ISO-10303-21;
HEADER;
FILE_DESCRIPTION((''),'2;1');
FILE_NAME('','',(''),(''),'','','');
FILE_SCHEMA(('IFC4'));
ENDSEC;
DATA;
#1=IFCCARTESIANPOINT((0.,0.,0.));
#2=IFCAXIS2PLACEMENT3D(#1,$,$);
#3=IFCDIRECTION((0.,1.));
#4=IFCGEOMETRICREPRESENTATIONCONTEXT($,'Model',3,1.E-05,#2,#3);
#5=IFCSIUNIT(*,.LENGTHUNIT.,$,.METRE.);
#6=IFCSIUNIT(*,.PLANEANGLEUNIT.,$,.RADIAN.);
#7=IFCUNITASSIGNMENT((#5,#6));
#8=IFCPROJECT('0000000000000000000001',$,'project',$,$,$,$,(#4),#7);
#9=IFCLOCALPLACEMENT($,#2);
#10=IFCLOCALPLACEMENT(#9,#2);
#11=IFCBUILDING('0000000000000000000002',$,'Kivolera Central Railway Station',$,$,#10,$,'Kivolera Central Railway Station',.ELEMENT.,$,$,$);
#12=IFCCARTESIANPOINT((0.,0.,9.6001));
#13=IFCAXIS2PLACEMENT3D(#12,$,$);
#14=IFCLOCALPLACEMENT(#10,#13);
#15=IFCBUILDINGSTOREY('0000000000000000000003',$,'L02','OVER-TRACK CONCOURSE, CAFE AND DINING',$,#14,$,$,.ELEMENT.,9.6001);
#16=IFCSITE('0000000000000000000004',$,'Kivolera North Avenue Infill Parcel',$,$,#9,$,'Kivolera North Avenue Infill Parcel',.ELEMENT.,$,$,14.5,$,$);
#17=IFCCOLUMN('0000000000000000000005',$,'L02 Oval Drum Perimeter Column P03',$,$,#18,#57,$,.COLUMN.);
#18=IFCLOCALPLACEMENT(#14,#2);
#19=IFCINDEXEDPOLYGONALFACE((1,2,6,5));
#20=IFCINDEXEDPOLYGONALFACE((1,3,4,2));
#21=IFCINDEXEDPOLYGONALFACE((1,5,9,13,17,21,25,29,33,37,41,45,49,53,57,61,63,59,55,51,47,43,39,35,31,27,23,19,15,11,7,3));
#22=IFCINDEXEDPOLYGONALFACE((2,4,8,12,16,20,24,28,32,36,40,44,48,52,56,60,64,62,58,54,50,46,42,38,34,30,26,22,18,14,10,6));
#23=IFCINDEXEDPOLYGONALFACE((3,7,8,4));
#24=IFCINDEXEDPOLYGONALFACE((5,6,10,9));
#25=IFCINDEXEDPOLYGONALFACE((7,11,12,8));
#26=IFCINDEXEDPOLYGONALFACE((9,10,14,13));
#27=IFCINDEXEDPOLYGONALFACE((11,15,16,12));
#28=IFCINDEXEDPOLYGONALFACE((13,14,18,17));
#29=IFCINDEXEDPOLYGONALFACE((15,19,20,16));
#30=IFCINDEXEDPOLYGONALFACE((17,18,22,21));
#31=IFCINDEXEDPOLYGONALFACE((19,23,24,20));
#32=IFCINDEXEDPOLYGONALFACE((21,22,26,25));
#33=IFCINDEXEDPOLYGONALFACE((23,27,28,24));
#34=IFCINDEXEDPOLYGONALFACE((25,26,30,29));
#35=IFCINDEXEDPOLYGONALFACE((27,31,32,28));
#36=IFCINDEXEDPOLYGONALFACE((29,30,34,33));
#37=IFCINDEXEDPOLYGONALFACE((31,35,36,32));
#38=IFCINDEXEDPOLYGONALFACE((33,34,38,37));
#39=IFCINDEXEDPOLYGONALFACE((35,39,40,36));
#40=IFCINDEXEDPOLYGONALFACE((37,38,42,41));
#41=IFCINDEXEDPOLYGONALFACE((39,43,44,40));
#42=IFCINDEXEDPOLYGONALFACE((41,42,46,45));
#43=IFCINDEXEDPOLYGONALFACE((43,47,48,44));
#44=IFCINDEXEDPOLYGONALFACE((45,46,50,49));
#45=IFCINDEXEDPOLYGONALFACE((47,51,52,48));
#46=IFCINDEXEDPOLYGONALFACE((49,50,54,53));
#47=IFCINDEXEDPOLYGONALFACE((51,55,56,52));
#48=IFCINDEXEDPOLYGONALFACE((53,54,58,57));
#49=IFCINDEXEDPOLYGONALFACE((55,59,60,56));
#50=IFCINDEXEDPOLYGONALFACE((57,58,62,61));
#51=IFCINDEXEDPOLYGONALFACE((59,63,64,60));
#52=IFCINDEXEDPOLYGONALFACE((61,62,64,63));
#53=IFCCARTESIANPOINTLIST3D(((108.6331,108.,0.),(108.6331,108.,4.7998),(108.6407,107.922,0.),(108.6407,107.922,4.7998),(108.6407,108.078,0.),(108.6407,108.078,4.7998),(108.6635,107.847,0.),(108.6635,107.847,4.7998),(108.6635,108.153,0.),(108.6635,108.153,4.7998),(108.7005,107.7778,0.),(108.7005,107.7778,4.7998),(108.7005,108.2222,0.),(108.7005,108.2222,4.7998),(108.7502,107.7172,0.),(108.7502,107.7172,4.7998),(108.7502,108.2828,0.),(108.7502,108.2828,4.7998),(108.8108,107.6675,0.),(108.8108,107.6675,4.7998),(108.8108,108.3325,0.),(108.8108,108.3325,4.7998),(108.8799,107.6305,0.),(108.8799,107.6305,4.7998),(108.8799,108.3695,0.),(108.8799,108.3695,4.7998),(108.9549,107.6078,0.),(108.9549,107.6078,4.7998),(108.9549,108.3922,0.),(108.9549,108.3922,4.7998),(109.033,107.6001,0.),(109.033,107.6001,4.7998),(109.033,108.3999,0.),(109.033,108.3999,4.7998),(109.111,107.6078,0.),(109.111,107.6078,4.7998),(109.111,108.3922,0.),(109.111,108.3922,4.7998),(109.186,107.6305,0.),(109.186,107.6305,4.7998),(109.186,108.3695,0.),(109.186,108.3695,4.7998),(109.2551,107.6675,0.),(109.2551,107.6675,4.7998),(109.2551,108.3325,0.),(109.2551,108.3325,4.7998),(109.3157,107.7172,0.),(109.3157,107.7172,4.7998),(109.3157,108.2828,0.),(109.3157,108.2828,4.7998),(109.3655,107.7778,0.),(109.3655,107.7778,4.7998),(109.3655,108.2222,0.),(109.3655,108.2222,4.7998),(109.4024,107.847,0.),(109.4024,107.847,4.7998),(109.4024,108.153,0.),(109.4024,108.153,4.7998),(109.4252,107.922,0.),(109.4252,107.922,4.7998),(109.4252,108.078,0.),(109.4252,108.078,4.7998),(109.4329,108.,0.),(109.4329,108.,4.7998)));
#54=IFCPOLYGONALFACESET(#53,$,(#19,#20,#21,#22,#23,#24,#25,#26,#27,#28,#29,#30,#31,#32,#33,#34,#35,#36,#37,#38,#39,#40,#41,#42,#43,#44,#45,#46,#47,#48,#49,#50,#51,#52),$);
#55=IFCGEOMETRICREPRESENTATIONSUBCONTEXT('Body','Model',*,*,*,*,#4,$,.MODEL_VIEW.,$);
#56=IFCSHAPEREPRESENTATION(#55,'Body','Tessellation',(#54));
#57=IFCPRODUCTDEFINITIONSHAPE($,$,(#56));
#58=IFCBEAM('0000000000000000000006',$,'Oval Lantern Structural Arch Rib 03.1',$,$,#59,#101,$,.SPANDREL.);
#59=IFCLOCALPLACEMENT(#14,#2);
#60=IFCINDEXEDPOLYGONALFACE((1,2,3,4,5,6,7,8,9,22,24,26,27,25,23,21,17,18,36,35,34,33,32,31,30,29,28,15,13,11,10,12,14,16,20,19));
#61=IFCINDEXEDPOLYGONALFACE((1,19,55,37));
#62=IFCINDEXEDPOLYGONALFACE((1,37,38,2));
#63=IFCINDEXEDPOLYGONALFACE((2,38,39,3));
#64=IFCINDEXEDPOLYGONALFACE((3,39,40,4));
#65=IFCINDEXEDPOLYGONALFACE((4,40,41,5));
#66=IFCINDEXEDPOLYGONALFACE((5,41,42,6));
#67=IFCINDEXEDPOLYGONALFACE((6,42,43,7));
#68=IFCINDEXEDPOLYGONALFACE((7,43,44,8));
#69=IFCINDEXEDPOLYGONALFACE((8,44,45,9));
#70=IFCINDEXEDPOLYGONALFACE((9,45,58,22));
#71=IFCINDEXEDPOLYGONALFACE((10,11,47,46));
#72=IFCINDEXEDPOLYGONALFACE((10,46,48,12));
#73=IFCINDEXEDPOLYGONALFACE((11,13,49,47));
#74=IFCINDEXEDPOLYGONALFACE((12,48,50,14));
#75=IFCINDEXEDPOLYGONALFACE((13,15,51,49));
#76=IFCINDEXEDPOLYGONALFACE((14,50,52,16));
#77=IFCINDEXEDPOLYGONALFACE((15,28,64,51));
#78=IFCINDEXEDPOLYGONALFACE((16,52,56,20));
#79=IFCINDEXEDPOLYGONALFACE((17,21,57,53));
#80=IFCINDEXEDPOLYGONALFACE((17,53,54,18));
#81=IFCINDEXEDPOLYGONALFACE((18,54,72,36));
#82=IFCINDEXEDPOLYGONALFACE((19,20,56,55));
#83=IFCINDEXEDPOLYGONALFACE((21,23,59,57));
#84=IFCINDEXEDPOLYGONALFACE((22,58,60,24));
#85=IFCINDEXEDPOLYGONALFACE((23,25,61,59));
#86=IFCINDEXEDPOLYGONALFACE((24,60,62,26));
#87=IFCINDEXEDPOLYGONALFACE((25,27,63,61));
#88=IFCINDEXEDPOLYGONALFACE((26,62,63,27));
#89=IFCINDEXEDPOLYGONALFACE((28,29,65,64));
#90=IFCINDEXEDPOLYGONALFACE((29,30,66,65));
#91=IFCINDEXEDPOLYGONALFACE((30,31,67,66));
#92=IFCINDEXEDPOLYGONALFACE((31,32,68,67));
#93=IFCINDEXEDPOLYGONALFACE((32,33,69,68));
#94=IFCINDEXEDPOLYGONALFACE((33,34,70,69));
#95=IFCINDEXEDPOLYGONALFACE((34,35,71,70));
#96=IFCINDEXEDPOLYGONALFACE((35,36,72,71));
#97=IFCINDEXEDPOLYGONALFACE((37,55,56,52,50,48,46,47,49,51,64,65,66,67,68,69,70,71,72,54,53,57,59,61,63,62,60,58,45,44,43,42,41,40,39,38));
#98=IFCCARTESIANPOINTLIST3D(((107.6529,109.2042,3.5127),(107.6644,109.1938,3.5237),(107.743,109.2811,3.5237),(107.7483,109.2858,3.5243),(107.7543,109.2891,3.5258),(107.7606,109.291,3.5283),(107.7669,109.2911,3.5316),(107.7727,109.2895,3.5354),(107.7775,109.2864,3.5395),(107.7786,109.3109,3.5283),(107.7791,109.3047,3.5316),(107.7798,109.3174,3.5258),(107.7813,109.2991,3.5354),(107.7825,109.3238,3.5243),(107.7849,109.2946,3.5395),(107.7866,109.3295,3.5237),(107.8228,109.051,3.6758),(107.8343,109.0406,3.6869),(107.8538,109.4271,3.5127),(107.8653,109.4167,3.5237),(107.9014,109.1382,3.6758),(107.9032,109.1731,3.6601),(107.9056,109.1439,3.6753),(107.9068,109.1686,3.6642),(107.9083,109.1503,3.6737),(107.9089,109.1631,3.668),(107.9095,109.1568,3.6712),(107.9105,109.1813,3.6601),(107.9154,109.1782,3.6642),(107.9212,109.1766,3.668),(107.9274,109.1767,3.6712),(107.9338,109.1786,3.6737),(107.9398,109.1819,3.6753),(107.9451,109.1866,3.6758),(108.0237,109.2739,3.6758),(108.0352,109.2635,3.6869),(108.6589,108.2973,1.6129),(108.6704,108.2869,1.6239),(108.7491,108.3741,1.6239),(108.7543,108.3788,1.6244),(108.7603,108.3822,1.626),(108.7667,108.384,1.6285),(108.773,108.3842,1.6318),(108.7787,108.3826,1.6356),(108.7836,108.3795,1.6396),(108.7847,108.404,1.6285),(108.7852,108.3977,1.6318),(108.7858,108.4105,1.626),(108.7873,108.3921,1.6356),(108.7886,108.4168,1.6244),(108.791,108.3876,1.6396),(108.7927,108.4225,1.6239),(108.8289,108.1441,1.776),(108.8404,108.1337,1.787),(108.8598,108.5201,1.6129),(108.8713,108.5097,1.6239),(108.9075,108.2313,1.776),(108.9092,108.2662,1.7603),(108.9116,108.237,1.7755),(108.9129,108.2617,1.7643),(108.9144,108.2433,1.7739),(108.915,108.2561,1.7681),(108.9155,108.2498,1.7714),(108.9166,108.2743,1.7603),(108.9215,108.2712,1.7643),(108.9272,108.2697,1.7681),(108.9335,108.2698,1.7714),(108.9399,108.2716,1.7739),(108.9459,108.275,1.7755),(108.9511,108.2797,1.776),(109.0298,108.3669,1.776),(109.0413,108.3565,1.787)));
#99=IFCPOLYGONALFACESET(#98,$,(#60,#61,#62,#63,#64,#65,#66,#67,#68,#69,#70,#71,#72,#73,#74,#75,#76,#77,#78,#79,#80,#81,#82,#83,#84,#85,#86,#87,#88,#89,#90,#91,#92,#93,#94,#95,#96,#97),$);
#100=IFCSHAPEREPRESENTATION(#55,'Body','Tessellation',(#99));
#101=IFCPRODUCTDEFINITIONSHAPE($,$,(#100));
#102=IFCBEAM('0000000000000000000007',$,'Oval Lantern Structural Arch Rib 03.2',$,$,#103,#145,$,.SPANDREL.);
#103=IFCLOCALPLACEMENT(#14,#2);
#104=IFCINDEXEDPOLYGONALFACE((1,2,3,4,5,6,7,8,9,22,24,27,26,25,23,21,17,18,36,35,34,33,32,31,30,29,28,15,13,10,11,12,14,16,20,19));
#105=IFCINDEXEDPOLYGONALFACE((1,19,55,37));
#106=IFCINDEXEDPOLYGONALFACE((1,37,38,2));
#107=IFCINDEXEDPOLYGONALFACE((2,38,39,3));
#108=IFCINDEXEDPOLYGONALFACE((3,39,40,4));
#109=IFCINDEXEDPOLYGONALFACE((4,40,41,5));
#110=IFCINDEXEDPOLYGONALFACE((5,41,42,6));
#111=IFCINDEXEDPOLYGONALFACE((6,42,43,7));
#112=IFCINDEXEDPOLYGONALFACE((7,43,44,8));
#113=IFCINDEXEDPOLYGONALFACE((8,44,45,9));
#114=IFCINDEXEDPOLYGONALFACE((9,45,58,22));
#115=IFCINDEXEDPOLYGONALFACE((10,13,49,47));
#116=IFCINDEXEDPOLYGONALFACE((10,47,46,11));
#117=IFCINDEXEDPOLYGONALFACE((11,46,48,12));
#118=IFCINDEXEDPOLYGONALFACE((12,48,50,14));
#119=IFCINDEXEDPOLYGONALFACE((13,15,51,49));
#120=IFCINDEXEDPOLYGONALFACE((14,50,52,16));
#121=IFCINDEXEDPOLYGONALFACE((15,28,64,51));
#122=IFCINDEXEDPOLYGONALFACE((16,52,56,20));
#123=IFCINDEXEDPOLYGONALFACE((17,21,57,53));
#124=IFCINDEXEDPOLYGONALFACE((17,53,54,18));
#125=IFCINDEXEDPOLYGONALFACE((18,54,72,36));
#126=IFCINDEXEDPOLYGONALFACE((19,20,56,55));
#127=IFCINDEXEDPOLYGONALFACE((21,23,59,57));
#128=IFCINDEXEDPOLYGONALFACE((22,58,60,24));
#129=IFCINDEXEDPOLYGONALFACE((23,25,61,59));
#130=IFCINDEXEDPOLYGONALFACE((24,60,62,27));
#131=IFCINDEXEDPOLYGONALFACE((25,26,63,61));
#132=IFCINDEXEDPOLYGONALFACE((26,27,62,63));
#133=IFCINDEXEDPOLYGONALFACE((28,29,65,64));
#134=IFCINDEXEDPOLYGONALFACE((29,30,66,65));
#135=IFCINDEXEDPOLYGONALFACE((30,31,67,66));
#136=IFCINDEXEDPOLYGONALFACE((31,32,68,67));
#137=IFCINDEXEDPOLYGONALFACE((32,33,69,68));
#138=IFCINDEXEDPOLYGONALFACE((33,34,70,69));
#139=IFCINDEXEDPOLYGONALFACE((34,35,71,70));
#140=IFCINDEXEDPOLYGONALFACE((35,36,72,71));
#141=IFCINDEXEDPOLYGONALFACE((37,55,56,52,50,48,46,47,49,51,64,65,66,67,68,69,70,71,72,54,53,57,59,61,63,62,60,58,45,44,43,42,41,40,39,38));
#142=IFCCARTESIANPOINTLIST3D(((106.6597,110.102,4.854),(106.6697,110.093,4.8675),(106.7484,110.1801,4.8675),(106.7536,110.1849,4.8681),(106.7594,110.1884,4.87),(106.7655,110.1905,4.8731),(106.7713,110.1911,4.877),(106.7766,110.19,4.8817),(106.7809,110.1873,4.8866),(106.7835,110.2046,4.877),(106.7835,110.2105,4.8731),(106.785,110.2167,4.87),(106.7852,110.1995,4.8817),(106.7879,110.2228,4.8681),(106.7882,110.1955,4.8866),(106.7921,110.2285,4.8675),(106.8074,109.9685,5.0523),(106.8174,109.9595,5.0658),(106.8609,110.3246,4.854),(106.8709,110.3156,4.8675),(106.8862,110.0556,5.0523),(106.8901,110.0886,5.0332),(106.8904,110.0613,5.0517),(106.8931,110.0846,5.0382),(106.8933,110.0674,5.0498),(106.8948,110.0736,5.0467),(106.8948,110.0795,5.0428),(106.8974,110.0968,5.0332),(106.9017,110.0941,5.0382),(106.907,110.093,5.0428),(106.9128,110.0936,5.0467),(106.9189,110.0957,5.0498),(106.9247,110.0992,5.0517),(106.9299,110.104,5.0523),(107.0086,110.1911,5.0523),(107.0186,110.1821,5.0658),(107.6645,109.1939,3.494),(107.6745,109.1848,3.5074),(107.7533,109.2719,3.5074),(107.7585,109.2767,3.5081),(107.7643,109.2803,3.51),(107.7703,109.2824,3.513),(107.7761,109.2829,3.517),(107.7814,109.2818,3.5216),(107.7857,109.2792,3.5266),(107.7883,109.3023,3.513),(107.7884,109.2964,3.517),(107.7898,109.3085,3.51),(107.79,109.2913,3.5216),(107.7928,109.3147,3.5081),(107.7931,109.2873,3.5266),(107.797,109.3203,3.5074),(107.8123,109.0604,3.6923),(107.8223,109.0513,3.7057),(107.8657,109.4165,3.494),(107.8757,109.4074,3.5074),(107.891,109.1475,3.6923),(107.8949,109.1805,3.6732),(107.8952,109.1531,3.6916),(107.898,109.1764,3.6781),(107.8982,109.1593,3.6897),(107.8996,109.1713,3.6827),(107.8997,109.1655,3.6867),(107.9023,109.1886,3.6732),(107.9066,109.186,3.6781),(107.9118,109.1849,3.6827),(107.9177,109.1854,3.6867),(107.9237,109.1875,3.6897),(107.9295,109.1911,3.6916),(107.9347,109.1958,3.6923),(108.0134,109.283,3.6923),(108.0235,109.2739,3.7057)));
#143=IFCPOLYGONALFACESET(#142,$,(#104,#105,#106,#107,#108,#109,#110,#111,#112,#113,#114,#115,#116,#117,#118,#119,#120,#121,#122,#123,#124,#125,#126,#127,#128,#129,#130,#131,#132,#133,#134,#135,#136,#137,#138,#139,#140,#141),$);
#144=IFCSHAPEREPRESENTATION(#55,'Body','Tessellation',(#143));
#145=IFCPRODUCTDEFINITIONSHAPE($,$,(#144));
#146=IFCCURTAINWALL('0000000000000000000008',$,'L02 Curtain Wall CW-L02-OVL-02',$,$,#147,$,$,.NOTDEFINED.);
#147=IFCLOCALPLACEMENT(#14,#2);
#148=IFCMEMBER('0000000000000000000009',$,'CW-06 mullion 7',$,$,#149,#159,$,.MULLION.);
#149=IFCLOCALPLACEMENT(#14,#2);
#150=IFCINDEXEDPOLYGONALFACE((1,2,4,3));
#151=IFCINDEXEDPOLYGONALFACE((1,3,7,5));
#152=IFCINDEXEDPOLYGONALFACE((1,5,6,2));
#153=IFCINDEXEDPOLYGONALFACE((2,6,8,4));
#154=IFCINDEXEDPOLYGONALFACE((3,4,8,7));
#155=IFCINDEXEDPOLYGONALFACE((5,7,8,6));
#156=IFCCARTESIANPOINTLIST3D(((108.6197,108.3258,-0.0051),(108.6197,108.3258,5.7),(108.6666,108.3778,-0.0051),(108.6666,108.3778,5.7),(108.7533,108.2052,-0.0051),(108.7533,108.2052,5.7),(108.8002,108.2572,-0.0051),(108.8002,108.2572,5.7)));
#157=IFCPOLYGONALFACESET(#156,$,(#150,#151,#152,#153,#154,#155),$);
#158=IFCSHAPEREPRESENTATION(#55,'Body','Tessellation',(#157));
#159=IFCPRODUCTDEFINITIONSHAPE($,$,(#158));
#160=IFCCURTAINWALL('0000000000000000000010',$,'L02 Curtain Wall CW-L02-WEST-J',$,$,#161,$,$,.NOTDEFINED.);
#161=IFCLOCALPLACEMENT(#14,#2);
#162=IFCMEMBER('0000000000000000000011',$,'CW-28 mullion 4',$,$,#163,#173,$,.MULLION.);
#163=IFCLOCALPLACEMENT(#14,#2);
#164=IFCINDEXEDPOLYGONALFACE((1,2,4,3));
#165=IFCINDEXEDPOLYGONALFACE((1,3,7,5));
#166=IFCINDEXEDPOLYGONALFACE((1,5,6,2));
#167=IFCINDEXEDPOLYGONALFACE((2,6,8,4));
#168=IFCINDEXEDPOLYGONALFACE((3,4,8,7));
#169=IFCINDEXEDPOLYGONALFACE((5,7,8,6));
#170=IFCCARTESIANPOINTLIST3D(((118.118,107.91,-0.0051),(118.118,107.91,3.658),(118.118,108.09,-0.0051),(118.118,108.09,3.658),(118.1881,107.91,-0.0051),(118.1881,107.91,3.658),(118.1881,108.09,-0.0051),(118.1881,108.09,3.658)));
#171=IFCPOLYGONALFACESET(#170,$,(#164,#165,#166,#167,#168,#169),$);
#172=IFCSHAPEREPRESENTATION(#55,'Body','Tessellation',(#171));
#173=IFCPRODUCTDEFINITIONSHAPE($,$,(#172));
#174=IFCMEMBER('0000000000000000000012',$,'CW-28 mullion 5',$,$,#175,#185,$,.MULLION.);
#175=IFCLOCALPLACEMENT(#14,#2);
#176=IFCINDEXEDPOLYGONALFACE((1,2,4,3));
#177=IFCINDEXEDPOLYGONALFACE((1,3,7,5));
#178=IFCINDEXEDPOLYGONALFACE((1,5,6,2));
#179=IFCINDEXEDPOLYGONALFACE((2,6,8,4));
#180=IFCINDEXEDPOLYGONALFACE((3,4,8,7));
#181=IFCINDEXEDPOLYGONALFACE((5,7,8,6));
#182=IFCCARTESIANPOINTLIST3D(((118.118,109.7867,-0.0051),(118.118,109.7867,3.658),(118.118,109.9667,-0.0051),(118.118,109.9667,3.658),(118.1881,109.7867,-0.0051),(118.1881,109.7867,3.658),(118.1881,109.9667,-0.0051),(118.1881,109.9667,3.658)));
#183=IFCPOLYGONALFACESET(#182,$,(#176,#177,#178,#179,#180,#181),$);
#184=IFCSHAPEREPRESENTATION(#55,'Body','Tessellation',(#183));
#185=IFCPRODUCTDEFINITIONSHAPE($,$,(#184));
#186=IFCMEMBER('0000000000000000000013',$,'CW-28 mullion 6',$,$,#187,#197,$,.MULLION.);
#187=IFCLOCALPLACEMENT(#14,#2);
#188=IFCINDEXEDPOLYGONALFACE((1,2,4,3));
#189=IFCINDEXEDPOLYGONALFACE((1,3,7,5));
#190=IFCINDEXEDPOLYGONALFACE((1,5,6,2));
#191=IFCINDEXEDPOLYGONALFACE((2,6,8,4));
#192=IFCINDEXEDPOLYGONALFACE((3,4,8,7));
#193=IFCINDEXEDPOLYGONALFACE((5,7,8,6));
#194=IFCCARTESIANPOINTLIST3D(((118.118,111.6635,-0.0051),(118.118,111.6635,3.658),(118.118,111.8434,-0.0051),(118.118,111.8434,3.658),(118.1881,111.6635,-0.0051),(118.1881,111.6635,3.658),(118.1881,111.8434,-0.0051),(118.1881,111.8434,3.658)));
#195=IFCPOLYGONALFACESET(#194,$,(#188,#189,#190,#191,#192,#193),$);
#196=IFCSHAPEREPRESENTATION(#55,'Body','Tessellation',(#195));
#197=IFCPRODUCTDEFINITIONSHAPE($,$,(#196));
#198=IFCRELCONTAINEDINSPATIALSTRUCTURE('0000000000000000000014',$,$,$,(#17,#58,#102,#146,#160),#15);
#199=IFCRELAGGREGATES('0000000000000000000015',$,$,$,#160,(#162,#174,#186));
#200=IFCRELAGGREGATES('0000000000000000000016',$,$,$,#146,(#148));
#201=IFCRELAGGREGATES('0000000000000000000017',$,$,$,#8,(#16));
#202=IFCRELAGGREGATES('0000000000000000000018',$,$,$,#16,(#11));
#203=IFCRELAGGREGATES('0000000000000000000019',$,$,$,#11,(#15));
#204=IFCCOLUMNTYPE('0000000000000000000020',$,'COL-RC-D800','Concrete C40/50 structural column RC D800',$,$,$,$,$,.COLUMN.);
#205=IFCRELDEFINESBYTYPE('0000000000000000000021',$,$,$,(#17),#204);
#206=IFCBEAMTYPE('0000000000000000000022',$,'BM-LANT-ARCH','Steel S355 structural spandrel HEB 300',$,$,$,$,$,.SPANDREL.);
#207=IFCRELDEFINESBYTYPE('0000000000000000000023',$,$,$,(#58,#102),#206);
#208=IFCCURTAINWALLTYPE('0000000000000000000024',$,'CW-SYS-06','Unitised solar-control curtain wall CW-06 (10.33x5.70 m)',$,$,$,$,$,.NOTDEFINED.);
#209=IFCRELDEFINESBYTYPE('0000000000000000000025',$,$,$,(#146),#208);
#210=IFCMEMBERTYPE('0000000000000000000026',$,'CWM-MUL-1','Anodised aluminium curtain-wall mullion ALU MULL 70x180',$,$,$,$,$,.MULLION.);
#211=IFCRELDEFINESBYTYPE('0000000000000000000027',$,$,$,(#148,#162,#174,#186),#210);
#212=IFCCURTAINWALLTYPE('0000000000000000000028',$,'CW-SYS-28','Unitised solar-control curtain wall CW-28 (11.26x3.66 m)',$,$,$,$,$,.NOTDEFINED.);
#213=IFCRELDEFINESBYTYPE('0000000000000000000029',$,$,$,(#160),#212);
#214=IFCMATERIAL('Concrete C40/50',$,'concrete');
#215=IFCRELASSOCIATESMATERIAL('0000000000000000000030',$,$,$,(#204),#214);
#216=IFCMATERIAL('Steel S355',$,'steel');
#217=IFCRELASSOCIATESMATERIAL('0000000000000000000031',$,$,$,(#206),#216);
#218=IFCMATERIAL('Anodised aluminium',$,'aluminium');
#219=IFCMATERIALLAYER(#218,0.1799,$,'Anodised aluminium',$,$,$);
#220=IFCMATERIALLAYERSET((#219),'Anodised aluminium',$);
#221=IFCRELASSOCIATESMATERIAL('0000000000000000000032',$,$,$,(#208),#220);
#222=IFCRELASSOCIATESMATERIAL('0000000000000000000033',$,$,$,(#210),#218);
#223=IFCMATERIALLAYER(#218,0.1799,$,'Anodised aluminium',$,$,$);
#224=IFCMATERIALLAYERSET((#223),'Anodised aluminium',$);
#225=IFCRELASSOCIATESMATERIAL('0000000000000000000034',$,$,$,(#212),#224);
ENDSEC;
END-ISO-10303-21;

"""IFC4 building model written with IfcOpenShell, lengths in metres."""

from ifc_helpers import new_model, si_unit, direction, frame, origin, origin_2d, place, context, subcontext, project, spatial, rectangle, circle, i_section, extrude, material, layer, layer_set, material_profile, profile_set, type_object, element, aggregate, save


model = new_model("IFC4")

# Units and contexts
model_context = context("Model", 3, precision=1e-05, world=origin(), true_north=direction((0.0, 1.0)))
body_context = subcontext(model_context, "Body", "Model", "MODEL_VIEW")
ifc_project = project(units=[si_unit("LENGTHUNIT", "METRE"), si_unit("PLANEANGLEUNIT", "RADIAN")], contexts=[model_context])

# Site, building, storey
site_placement = place(None, origin())
site = spatial("IfcSite", under=ifc_project, at=site_placement, Name="Kivolera North Avenue Infill Parcel", LongName="Kivolera North Avenue Infill Parcel", CompositionType="ELEMENT", RefElevation=14.5)
building_placement = place(site_placement, origin())
building = spatial("IfcBuilding", under=site, at=building_placement, Name="Kivolera Central Railway Station", LongName="Kivolera Central Railway Station", CompositionType="ELEMENT")
storey_placement = place(building_placement, frame((0.0, 0.0, 9.6001)))
storey = spatial("IfcBuildingStorey", under=building, at=storey_placement, Name="L02", Description="OVER-TRACK CONCOURSE, CAFE AND DINING", CompositionType="ELEMENT", Elevation=9.6001)

# Column
ifc_material_1 = material(Name="Concrete C40/50", Category="concrete")
ifc_material_profile_1 = material_profile(ifc_material_1, circle(Radius=0.3999, at=origin_2d()), Name="RC D800")
ifc_profile_set_1 = profile_set([ifc_material_profile_1], Name="Concrete C40/50")
column_type = type_object("IfcColumnType", Name="COL-RC-D800", Description="Concrete C40/50 structural column RC D800", PredefinedType="COLUMN", material=ifc_profile_set_1)
column_placement = place(storey_placement, frame((109.033, 108.0, 0.0), z_axis=(0.0, 0.0, 1.0), x_axis=(1.0, 0.0, 0.0)))
element("IfcColumn", 1, at=column_placement, inside=storey, type_object=column_type, Name="L02 Oval Drum Perimeter Column P03", PredefinedType="COLUMN", context=body_context, shape_type="SweptSolid", body=[
    extrude(circle(Radius=0.3999, at=origin_2d()), origin(), (0.0, 0.0, 1.0), 4.7998),
])

# Beams
ifc_material_2 = material(Name="Steel S355", Category="steel")
ifc_material_profile_2 = material_profile(ifc_material_2, i_section(OverallWidth=0.3, OverallDepth=0.3, WebThickness=0.011, FlangeThickness=0.019, FilletRadius=0.0271, at=origin_2d()), Name="HEB 300")
ifc_profile_set_2 = profile_set([ifc_material_profile_2], Name="Steel S355")
beam_type = type_object("IfcBeamType", Name="BM-LANT-ARCH", Description="Steel S355 structural spandrel HEB 300", PredefinedType="SPANDREL", material=ifc_profile_set_2)
beam_1_placement = place(storey_placement, frame((108.8501, 108.3269, 1.7), z_axis=(-0.431185, 0.388705, 0.81424), x_axis=(-0.669572, -0.742747, 0.0)))
element("IfcBeam", 2, at=beam_1_placement, inside=storey, type_object=beam_type, Name="Oval Lantern Structural Arch Rib 03.1", PredefinedType="SPANDREL", context=body_context, shape_type="SweptSolid", body=[
    extrude(i_section(OverallWidth=0.3, OverallDepth=0.3, WebThickness=0.011, FlangeThickness=0.019, FilletRadius=0.0271, at=origin_2d()), origin(), (0.0, 0.0, 1.0), 2.3333),
])
beam_2_placement = place(storey_placement, frame((107.844, 109.2339, 3.5999), z_axis=(-0.52351, 0.473143, 0.708571), x_axis=(-0.670517, -0.741894, 0.0)))
element("IfcBeam", 3, at=beam_2_placement, inside=storey, type_object=beam_type, Name="Oval Lantern Structural Arch Rib 03.2", PredefinedType="SPANDREL", context=body_context, shape_type="SweptSolid", body=[
    extrude(i_section(OverallWidth=0.3, OverallDepth=0.3, WebThickness=0.011, FlangeThickness=0.019, FilletRadius=0.0271, at=origin_2d()), origin(), (0.0, 0.0, 1.0), 1.9194),
])

# Curtain wall, member
ifc_material_3 = material(Name="Anodised aluminium", Category="aluminium")
ifc_layer_1 = layer(ifc_material_3, 0.1799, Name="Anodised aluminium")
ifc_layer_set_1 = layer_set([ifc_layer_1], Name="Anodised aluminium")
curtain_wall_type_1 = type_object("IfcCurtainWallType", Name="CW-SYS-06", Description="Unitised solar-control curtain wall CW-06 (10.33x5.70 m)", PredefinedType="NOTDEFINED", material=ifc_layer_set_1)
curtain_wall_1_placement = place(storey_placement, origin())
curtain_wall_1 = element("IfcCurtainWall", 4, at=curtain_wall_1_placement, inside=storey, type_object=curtain_wall_type_1, Name="L02 Curtain Wall CW-L02-OVL-02", PredefinedType="NOTDEFINED")
ifc_material_profile_3 = material_profile(ifc_material_3, rectangle(XDim=0.0701, YDim=0.1799, at=origin_2d()), Name="ALU MULL 70x180")
ifc_profile_set_3 = profile_set([ifc_material_profile_3], Name="Anodised aluminium")
member_type_1 = type_object("IfcMemberType", Name="CWM-MUL-1", Description="Anodised aluminium curtain-wall mullion ALU MULL 70x180", PredefinedType="MULLION", material=ifc_profile_set_3)
member_1_placement = place(storey_placement, frame((108.71, 108.2915, -0.0051), z_axis=(0.0, 0.0, 1.0), x_axis=(0.669922, 0.742432, 0.0)))
member_1 = element("IfcMember", 5, at=member_1_placement, type_object=member_type_1, Name="CW-06 mullion 7", PredefinedType="MULLION", context=body_context, shape_type="SweptSolid", body=[
    extrude(rectangle(XDim=0.0701, YDim=0.1799, at=origin_2d()), origin(), (0.0, 0.0, 1.0), 5.7051),
])

# Curtain wall, members
ifc_layer_2 = layer(ifc_material_3, 0.1799, Name="Anodised aluminium")
ifc_layer_set_2 = layer_set([ifc_layer_2], Name="Anodised aluminium")
curtain_wall_type_2 = type_object("IfcCurtainWallType", Name="CW-SYS-28", Description="Unitised solar-control curtain wall CW-28 (11.26x3.66 m)", PredefinedType="NOTDEFINED", material=ifc_layer_set_2)
curtain_wall_2_placement = place(storey_placement, origin())
curtain_wall_2 = element("IfcCurtainWall", 6, at=curtain_wall_2_placement, inside=storey, type_object=curtain_wall_type_2, Name="L02 Curtain Wall CW-L02-WEST-J", PredefinedType="NOTDEFINED")
member_2_placement = place(storey_placement, frame((118.1531, 108.0, -0.0051), z_axis=(0.0, 0.0, 1.0), x_axis=(-1.0, 0.0, 0.0)))
member_2 = element("IfcMember", 7, at=member_2_placement, type_object=member_type_1, Name="CW-28 mullion 4", PredefinedType="MULLION", context=body_context, shape_type="SweptSolid", body=[
    extrude(rectangle(XDim=0.0701, YDim=0.1799, at=origin_2d()), origin(), (0.0, 0.0, 1.0), 3.6631),
])
member_3_placement = place(storey_placement, frame((118.1531, 109.8767, -0.0051), z_axis=(0.0, 0.0, 1.0), x_axis=(-1.0, 0.0, 0.0)))
member_3 = element("IfcMember", 8, at=member_3_placement, type_object=member_type_1, Name="CW-28 mullion 5", PredefinedType="MULLION", context=body_context, shape_type="SweptSolid", body=[
    extrude(rectangle(XDim=0.0701, YDim=0.1799, at=origin_2d()), origin(), (0.0, 0.0, 1.0), 3.6631),
])
member_4_placement = place(storey_placement, frame((118.1531, 111.7534, -0.0051), z_axis=(0.0, 0.0, 1.0), x_axis=(-1.0, 0.0, 0.0)))
member_4 = element("IfcMember", 9, at=member_4_placement, type_object=member_type_1, Name="CW-28 mullion 6", PredefinedType="MULLION", context=body_context, shape_type="SweptSolid", body=[
    extrude(rectangle(XDim=0.0701, YDim=0.1799, at=origin_2d()), origin(), (0.0, 0.0, 1.0), 3.6631),
])
aggregate(curtain_wall_2, [member_2, member_3, member_4])

aggregate(curtain_wall_1, [member_1])

save(model, "model.ifc")
